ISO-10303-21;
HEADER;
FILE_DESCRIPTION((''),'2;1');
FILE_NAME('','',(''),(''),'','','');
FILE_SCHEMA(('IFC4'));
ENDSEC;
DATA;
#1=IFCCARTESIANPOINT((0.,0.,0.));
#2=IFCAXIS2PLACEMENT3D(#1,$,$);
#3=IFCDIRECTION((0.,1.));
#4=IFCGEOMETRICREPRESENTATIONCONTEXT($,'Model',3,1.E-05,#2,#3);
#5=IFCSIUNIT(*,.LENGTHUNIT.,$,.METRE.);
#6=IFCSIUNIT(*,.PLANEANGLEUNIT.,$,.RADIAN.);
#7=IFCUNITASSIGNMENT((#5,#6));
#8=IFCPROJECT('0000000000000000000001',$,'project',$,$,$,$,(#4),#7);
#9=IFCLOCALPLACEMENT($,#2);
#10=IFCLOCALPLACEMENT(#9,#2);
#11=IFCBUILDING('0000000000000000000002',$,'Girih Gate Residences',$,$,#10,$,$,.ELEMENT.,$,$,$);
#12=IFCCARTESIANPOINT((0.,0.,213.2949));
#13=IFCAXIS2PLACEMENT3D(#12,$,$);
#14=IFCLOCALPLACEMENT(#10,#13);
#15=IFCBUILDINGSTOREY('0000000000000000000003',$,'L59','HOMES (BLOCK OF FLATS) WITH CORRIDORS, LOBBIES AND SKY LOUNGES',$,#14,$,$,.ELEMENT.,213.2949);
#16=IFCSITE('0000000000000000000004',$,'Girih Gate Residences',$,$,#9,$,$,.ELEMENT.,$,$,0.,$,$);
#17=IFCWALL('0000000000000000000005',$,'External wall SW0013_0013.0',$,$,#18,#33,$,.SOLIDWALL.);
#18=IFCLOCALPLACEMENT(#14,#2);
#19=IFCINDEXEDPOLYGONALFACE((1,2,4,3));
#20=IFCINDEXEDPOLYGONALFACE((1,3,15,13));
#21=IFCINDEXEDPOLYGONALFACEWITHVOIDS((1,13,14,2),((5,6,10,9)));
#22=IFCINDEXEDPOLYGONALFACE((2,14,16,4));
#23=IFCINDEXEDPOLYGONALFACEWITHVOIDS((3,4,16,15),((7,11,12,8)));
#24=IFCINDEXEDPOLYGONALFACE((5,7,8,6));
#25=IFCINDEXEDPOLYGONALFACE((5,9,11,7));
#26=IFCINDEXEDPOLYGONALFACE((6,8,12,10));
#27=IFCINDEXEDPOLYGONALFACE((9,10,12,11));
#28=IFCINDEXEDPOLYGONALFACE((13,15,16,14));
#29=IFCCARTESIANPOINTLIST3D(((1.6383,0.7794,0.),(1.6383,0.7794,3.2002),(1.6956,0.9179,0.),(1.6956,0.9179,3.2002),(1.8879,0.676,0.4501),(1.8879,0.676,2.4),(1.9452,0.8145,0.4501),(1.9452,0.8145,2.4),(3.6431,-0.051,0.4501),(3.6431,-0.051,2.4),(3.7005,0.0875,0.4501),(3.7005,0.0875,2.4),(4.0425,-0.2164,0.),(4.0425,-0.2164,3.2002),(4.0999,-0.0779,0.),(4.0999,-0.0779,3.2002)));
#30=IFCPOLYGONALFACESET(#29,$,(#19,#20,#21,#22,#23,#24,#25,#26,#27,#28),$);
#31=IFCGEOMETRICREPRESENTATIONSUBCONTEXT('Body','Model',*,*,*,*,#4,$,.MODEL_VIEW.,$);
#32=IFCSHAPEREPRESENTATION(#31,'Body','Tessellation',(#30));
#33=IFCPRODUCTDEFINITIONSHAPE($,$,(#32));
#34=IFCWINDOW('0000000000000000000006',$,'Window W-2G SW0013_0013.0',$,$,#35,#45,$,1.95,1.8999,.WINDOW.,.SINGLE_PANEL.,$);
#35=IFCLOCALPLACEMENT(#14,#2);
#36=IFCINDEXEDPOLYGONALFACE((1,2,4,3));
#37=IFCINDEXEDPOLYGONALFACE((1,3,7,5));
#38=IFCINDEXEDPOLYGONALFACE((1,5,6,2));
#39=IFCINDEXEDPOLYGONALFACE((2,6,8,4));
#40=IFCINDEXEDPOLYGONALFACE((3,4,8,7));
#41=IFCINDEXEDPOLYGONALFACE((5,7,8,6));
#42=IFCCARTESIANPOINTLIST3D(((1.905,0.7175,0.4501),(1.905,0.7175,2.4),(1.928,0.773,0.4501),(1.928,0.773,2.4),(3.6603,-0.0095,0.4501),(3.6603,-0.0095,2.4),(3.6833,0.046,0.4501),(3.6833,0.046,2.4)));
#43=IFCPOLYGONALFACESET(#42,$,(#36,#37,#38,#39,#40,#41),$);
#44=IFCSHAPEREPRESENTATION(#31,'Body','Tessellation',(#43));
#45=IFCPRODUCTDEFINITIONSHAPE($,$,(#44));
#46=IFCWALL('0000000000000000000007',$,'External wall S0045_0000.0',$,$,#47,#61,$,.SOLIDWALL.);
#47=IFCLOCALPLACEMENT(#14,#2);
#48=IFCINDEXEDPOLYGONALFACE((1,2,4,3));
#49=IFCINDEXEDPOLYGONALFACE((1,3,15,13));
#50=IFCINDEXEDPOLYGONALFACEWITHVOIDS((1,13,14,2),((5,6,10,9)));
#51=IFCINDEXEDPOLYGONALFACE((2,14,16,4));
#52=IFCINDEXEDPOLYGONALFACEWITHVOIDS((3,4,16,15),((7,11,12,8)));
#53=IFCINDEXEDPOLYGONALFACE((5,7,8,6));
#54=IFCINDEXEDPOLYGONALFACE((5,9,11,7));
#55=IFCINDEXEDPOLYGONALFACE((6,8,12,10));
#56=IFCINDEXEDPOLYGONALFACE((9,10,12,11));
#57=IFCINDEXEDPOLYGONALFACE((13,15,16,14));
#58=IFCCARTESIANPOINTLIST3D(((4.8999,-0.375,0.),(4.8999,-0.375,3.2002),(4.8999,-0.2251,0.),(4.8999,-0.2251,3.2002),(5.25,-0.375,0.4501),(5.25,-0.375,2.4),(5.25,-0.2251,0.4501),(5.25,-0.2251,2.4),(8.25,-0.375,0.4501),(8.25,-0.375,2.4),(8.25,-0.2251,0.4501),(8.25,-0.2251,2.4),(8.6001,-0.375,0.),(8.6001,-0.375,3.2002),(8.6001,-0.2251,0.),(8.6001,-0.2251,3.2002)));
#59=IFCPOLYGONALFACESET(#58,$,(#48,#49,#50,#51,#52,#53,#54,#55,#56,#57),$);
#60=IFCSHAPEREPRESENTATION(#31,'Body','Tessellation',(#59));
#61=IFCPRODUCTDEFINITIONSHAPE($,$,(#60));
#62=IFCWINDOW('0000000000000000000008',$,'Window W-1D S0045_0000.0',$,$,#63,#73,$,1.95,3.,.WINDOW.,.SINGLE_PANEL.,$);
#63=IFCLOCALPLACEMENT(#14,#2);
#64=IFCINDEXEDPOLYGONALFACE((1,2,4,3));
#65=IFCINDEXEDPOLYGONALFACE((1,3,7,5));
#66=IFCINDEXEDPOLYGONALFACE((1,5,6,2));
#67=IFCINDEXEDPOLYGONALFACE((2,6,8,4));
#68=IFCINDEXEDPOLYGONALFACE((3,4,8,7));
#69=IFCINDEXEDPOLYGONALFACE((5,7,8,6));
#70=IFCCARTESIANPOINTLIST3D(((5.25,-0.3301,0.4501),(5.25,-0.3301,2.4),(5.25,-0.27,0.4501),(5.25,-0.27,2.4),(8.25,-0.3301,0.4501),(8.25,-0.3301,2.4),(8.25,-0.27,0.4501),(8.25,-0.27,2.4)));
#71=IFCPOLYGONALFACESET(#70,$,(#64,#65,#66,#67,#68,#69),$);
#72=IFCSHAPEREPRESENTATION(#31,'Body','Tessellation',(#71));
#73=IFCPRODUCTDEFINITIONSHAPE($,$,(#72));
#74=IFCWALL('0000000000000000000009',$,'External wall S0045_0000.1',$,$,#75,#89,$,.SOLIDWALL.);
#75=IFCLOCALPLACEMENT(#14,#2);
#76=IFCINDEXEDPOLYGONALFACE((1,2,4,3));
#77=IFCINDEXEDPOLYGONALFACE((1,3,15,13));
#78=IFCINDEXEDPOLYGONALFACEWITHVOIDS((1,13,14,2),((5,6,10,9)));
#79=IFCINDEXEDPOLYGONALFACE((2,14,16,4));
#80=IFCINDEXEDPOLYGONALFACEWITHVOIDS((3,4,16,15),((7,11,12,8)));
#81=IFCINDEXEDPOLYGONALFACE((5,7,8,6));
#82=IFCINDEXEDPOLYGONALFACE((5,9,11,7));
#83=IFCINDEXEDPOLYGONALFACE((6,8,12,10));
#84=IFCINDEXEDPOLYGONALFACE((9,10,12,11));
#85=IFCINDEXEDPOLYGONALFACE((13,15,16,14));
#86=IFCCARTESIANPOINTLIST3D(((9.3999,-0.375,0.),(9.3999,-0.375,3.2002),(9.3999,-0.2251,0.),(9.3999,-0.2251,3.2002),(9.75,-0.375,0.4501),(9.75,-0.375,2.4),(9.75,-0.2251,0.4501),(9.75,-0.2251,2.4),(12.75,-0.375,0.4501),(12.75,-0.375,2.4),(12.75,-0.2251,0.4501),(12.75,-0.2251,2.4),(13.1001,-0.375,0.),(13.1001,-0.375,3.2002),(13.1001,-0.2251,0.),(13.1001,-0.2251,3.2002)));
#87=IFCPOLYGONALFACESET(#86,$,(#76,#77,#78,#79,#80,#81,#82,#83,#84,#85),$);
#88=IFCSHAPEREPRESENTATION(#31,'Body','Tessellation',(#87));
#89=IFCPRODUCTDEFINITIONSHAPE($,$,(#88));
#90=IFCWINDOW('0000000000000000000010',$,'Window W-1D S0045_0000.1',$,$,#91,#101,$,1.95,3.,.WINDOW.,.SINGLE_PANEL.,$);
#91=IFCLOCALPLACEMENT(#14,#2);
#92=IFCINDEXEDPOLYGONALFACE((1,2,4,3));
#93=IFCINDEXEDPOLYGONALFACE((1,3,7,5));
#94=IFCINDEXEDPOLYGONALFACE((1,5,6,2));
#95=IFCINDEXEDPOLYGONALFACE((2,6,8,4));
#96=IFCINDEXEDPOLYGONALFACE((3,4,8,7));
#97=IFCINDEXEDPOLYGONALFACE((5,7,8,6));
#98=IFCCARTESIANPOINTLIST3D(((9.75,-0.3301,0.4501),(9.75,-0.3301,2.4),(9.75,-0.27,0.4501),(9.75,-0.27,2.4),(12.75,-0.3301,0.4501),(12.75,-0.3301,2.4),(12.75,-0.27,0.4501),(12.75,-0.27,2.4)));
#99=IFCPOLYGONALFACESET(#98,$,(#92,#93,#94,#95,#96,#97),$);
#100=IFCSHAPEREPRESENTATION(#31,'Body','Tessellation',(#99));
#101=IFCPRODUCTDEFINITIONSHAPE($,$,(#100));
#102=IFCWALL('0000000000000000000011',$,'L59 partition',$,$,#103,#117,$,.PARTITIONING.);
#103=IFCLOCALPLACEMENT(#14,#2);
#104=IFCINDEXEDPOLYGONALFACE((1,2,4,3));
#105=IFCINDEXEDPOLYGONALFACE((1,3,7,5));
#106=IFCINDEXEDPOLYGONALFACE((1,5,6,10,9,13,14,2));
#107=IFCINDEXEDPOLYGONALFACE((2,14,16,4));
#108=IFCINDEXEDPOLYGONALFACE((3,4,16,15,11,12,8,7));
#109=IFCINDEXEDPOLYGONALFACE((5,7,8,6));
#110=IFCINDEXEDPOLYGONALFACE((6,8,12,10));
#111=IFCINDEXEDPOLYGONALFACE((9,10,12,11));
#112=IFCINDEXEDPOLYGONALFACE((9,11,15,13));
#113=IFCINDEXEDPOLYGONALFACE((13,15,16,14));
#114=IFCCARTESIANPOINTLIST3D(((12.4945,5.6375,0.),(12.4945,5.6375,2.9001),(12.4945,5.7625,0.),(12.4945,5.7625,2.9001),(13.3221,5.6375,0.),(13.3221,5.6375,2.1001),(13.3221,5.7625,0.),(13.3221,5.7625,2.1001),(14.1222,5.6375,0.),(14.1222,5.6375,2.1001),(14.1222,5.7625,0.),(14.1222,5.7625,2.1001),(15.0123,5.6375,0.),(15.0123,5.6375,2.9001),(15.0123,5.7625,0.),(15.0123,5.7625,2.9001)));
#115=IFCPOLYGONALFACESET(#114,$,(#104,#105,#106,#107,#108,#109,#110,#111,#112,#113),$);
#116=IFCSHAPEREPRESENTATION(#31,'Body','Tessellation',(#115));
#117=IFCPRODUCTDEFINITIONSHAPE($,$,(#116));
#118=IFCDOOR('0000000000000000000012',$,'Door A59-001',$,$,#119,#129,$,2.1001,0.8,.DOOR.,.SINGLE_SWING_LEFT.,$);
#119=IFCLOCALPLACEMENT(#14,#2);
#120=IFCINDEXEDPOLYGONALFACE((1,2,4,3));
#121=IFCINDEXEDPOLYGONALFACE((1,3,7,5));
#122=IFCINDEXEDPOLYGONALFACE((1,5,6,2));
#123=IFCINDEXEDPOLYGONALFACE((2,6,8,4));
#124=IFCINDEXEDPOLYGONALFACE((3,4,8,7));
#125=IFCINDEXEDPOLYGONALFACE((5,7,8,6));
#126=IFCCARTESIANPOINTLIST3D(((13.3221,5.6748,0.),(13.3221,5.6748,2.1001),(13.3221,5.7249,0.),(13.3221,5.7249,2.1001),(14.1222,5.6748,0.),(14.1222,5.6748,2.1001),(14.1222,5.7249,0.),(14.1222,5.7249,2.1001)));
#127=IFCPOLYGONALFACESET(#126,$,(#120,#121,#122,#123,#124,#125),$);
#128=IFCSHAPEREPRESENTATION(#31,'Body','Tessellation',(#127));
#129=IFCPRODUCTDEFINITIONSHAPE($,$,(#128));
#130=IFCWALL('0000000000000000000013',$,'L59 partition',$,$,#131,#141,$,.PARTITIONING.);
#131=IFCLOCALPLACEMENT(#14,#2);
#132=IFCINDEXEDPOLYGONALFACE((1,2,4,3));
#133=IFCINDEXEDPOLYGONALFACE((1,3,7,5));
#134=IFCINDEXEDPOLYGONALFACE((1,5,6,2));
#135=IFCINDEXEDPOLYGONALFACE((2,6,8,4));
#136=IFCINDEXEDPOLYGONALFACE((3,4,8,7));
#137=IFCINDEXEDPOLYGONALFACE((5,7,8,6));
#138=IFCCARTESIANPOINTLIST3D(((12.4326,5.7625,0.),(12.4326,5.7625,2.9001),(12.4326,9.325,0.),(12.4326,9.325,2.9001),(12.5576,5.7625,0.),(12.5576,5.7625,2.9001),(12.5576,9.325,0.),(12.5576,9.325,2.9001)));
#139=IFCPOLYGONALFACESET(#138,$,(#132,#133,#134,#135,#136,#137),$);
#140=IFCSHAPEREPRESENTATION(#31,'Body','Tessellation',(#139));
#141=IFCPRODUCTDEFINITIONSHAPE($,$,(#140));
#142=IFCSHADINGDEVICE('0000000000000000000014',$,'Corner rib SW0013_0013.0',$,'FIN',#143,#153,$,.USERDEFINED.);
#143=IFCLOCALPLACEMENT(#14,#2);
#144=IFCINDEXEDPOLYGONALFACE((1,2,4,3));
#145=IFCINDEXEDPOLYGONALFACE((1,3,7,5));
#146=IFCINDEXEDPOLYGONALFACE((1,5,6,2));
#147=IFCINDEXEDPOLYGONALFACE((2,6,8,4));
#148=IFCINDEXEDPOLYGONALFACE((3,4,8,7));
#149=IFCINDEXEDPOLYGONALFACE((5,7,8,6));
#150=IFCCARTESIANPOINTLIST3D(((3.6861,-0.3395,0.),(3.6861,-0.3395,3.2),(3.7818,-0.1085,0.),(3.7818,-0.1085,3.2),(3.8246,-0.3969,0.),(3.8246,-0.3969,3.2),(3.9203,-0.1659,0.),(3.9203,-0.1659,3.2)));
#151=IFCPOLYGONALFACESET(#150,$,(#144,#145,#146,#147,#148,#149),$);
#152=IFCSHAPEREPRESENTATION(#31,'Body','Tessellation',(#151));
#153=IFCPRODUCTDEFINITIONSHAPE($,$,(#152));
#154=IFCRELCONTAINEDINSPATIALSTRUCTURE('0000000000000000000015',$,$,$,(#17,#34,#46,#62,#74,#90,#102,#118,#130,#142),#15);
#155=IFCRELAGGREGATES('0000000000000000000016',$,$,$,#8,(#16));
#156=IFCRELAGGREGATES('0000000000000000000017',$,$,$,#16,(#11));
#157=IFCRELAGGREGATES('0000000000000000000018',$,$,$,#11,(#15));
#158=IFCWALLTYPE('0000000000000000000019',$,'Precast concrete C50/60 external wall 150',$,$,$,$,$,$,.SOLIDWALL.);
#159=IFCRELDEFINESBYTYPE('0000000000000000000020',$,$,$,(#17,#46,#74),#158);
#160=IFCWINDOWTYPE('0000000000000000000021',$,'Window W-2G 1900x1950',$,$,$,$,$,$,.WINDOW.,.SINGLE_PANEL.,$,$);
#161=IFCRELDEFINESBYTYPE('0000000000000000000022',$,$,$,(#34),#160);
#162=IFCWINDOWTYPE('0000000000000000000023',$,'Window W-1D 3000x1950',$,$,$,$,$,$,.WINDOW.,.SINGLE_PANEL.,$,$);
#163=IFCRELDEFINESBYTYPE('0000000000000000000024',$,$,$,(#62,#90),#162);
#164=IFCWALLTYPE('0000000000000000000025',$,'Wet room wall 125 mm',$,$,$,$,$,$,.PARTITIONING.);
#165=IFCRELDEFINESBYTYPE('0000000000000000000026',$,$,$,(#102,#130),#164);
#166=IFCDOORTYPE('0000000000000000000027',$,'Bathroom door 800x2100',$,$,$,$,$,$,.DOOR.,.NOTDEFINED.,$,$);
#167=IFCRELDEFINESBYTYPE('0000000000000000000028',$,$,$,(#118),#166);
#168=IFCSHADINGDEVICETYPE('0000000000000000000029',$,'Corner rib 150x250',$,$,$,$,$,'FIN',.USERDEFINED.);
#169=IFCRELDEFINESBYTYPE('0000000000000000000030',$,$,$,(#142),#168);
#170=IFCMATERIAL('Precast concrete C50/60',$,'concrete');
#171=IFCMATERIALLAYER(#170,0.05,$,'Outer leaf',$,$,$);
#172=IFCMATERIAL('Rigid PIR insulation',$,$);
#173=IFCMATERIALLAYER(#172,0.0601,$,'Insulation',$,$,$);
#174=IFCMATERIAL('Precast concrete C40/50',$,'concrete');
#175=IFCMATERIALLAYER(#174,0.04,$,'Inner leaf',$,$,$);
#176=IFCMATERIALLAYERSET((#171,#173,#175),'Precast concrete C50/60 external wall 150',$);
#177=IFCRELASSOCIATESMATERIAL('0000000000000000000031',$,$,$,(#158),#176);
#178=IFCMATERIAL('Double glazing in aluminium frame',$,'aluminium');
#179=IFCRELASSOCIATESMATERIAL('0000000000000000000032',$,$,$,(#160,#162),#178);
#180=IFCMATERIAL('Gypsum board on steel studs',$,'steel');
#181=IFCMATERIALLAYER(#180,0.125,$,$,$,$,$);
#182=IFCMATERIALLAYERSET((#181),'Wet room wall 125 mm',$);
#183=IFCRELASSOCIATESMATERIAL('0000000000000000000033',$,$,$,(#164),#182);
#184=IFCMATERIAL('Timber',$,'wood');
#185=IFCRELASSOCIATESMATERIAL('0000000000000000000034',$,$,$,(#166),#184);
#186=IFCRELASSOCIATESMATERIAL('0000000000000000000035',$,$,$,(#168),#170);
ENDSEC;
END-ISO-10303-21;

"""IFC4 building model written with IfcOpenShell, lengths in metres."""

from ifc_helpers import new_model, si_unit, direction, frame, frame_2d, origin, origin_2d, place, context, subcontext, project, spatial, rectangle, extrude, material, layer, layer_set, type_object, element, fill, save


model = new_model("IFC4")

# Units and contexts
model_context = context("Model", 3, precision=1e-05, world=origin(), true_north=direction((0.0, 1.0)))
body_context = subcontext(model_context, "Body", "Model", "MODEL_VIEW")
ifc_project = project(units=[si_unit("LENGTHUNIT", "METRE"), si_unit("PLANEANGLEUNIT", "RADIAN")], contexts=[model_context])

# Site, building, storey
site_placement = place(None, origin())
site = spatial("IfcSite", under=ifc_project, at=site_placement, Name="Girih Gate Residences", CompositionType="ELEMENT", RefElevation=0.0)
building_placement = place(site_placement, origin())
building = spatial("IfcBuilding", under=site, at=building_placement, Name="Girih Gate Residences", CompositionType="ELEMENT")
storey_placement = place(building_placement, frame((0.0, 0.0, 213.2949)))
storey = spatial("IfcBuildingStorey", under=building, at=storey_placement, Name="L59", Description="HOMES (BLOCK OF FLATS) WITH CORRIDORS, LOBBIES AND SKY LOUNGES", CompositionType="ELEMENT", Elevation=213.2949)

# Shared definitions
ifc_material_1 = material(Name="Gypsum board on steel studs", Category="steel")

# Shared definitions
ifc_material_2 = material(Name="Timber", Category="wood")

# Walls, openings, windows
ifc_material_3 = material(Name="Precast concrete C50/60", Category="concrete")
ifc_layer_1 = layer(ifc_material_3, 0.05, Name="Outer leaf")
ifc_material_4 = material(Name="Rigid PIR insulation")
ifc_layer_2 = layer(ifc_material_4, 0.0601, Name="Insulation")
ifc_material_5 = material(Name="Precast concrete C40/50", Category="concrete")
ifc_layer_3 = layer(ifc_material_5, 0.04, Name="Inner leaf")
ifc_layer_set_1 = layer_set([ifc_layer_1, ifc_layer_2, ifc_layer_3], Name="Precast concrete C50/60 external wall 150")
wall_type_1 = type_object("IfcWallType", Name="Precast concrete C50/60 external wall 150", PredefinedType="SOLIDWALL", material=ifc_layer_set_1)
wall_1_placement = place(storey_placement, frame((4.0713, -0.1472, 0.0), z_axis=(0.0, 0.0, 1.0), x_axis=(-0.923885, 0.382669, 0.0)))
wall_1 = element("IfcWall", 1, at=wall_1_placement, inside=storey, type_object=wall_type_1, Name="External wall SW0013_0013.0", PredefinedType="SOLIDWALL", context=body_context, shape_type="SweptSolid", body=[
    extrude(rectangle(XDim=2.6023, YDim=0.1499, at=frame_2d((1.3013, 0.0))), origin(), (0.0, 0.0, 1.0), 3.2002),
])
opening_1_placement = place(wall_1_placement, frame((0.4324, 0.0, 0.45)))
opening_1 = element("IfcOpeningElement", 2, at=opening_1_placement, cuts=wall_1, PredefinedType="OPENING", context=body_context, shape_type="SweptSolid", body=[
    extrude(rectangle(XDim=1.8999, YDim=1.95, at=frame_2d((0.95, 0.9751))), frame((0.0, 0.085, 0.0), z_axis=(0.0, -1.0, 0.0), x_axis=(1.0, 0.0, 0.0)), (0.0, 0.0, 1.0), 0.1699),
])
ifc_material_6 = material(Name="Double glazing in aluminium frame", Category="aluminium")
window_type_1 = type_object("IfcWindowType", Name="Window W-2G 1900x1950", PartitioningType="SINGLE_PANEL", PredefinedType="WINDOW", material=ifc_material_6)
window_1_placement = place(opening_1_placement, origin())
window_1 = element("IfcWindow", 3, at=window_1_placement, inside=storey, type_object=window_type_1, Name="Window W-2G SW0013_0013.0", OverallHeight=1.95, OverallWidth=1.8999, PartitioningType="SINGLE_PANEL", PredefinedType="WINDOW", context=body_context, shape_type="SweptSolid", body=[
    extrude(rectangle(XDim=1.8999, YDim=1.95, at=frame_2d((0.95, 0.9751))), frame((0.0, 0.03, 0.0), z_axis=(0.0, -1.0, 0.0), x_axis=(1.0, 0.0, 0.0)), (0.0, 0.0, 1.0), 0.0601),
])
fill(opening_1, window_1)
wall_2_placement = place(storey_placement, frame((8.6001, -0.3, 0.0), z_axis=(0.0, 0.0, 1.0), x_axis=(-1.0, 0.0, 0.0)))
wall_2 = element("IfcWall", 4, at=wall_2_placement, inside=storey, type_object=wall_type_1, Name="External wall S0045_0000.0", PredefinedType="SOLIDWALL", context=body_context, shape_type="SweptSolid", body=[
    extrude(rectangle(XDim=3.7002, YDim=0.1499, at=frame_2d((1.8501, 0.0))), origin(), (0.0, 0.0, 1.0), 3.2002),
])
opening_2_placement = place(wall_2_placement, frame((0.3501, 0.0, 0.45)))
opening_2 = element("IfcOpeningElement", 5, at=opening_2_placement, cuts=wall_2, PredefinedType="OPENING", context=body_context, shape_type="SweptSolid", body=[
    extrude(rectangle(XDim=3.0, YDim=1.95, at=frame_2d((1.5, 0.9751))), frame((0.0, 0.085, 0.0), z_axis=(0.0, -1.0, 0.0), x_axis=(1.0, 0.0, 0.0)), (0.0, 0.0, 1.0), 0.1699),
])
window_type_2 = type_object("IfcWindowType", Name="Window W-1D 3000x1950", PartitioningType="SINGLE_PANEL", PredefinedType="WINDOW", material=ifc_material_6)
window_2_placement = place(opening_2_placement, origin())
window_2 = element("IfcWindow", 6, at=window_2_placement, inside=storey, type_object=window_type_2, Name="Window W-1D S0045_0000.0", OverallHeight=1.95, OverallWidth=3.0, PartitioningType="SINGLE_PANEL", PredefinedType="WINDOW", context=body_context, shape_type="SweptSolid", body=[
    extrude(rectangle(XDim=3.0, YDim=1.95, at=frame_2d((1.5, 0.9751))), frame((0.0, 0.03, 0.0), z_axis=(0.0, -1.0, 0.0), x_axis=(1.0, 0.0, 0.0)), (0.0, 0.0, 1.0), 0.0601),
])
fill(opening_2, window_2)
wall_3_placement = place(storey_placement, frame((13.1001, -0.3, 0.0), z_axis=(0.0, 0.0, 1.0), x_axis=(-1.0, 0.0, 0.0)))
wall_3 = element("IfcWall", 7, at=wall_3_placement, inside=storey, type_object=wall_type_1, Name="External wall S0045_0000.1", PredefinedType="SOLIDWALL", context=body_context, shape_type="SweptSolid", body=[
    extrude(rectangle(XDim=3.7002, YDim=0.1499, at=frame_2d((1.8501, 0.0))), origin(), (0.0, 0.0, 1.0), 3.2002),
])
opening_3_placement = place(wall_3_placement, frame((0.3501, 0.0, 0.45)))
opening_3 = element("IfcOpeningElement", 8, at=opening_3_placement, cuts=wall_3, PredefinedType="OPENING", context=body_context, shape_type="SweptSolid", body=[
    extrude(rectangle(XDim=3.0, YDim=1.95, at=frame_2d((1.5, 0.9751))), frame((0.0, 0.085, 0.0), z_axis=(0.0, -1.0, 0.0), x_axis=(1.0, 0.0, 0.0)), (0.0, 0.0, 1.0), 0.1699),
])
window_3_placement = place(opening_3_placement, origin())
window_3 = element("IfcWindow", 9, at=window_3_placement, inside=storey, type_object=window_type_2, Name="Window W-1D S0045_0000.1", OverallHeight=1.95, OverallWidth=3.0, PartitioningType="SINGLE_PANEL", PredefinedType="WINDOW", context=body_context, shape_type="SweptSolid", body=[
    extrude(rectangle(XDim=3.0, YDim=1.95, at=frame_2d((1.5, 0.9751))), frame((0.0, 0.03, 0.0), z_axis=(0.0, -1.0, 0.0), x_axis=(1.0, 0.0, 0.0)), (0.0, 0.0, 1.0), 0.0601),
])
fill(opening_3, window_3)

# Wall, opening, door
ifc_layer_4 = layer(ifc_material_1, 0.125)
ifc_layer_set_2 = layer_set([ifc_layer_4], Name="Wet room wall 125 mm")
wall_type_2 = type_object("IfcWallType", Name="Wet room wall 125 mm", PredefinedType="PARTITIONING", material=ifc_layer_set_2)
wall_4_placement = place(storey_placement, frame((12.4946, 5.7, 0.0), z_axis=(0.0, 0.0, 1.0), x_axis=(1.0, 0.0, 0.0)))
wall_4 = element("IfcWall", 10, at=wall_4_placement, inside=storey, type_object=wall_type_2, Name="L59 partition", PredefinedType="PARTITIONING", context=body_context, shape_type="SweptSolid", body=[
    extrude(rectangle(XDim=2.5178, YDim=0.125, at=frame_2d((1.2588, 0.0))), origin(), (0.0, 0.0, 1.0), 2.9001),
])
opening_4_placement = place(wall_4_placement, frame((0.8276, 0.0, 0.0)))
opening_4 = element("IfcOpeningElement", 11, at=opening_4_placement, cuts=wall_4, PredefinedType="OPENING", context=body_context, shape_type="SweptSolid", body=[
    extrude(rectangle(XDim=0.8, YDim=2.1001, at=frame_2d((0.3999, 1.05))), frame((0.0, 0.0725, 0.0), z_axis=(0.0, -1.0, 0.0), x_axis=(1.0, 0.0, 0.0)), (0.0, 0.0, 1.0), 0.145),
])
door_type_1 = type_object("IfcDoorType", Name="Bathroom door 800x2100", OperationType="NOTDEFINED", PredefinedType="DOOR", material=ifc_material_2)
door_1_placement = place(opening_4_placement, origin())
door_1 = element("IfcDoor", 12, at=door_1_placement, inside=storey, type_object=door_type_1, Name="Door A59-001", OperationType="SINGLE_SWING_LEFT", OverallHeight=2.1001, OverallWidth=0.8, PredefinedType="DOOR", context=body_context, shape_type="SweptSolid", body=[
    extrude(rectangle(XDim=0.8, YDim=2.1001, at=frame_2d((0.3999, 1.05))), frame((0.0, 0.0249, 0.0), z_axis=(0.0, -1.0, 0.0), x_axis=(1.0, 0.0, 0.0)), (0.0, 0.0, 1.0), 0.05),
])
fill(opening_4, door_1)

# Wall
wall_5_placement = place(storey_placement, frame((12.4951, 5.7625, 0.0), z_axis=(0.0, 0.0, 1.0), x_axis=(0.0, 1.0, 0.0)))
element("IfcWall", 13, at=wall_5_placement, inside=storey, type_object=wall_type_2, Name="L59 partition", PredefinedType="PARTITIONING", context=body_context, shape_type="SweptSolid", body=[
    extrude(rectangle(XDim=3.5625, YDim=0.125, at=frame_2d((1.7812, 0.0))), origin(), (0.0, 0.0, 1.0), 2.9001),
])

# Shading device
shading_device_type = type_object("IfcShadingDeviceType", Name="Corner rib 150x250", ElementType="FIN", PredefinedType="USERDEFINED", material=ifc_material_3)
shading_device_placement = place(storey_placement, frame((3.8032, -0.2527, 0.0), z_axis=(0.0, 0.0, 1.0), x_axis=(0.92388, -0.382683, 0.0)))
element("IfcShadingDevice", 14, at=shading_device_placement, inside=storey, type_object=shading_device_type, Name="Corner rib SW0013_0013.0", ObjectType="FIN", PredefinedType="USERDEFINED", context=body_context, shape_type="SweptSolid", body=[
    extrude(rectangle(XDim=0.1499, YDim=0.25, at=origin_2d()), origin(), (0.0, 0.0, 1.0), 3.2),
])

save(model, "model.ifc")
